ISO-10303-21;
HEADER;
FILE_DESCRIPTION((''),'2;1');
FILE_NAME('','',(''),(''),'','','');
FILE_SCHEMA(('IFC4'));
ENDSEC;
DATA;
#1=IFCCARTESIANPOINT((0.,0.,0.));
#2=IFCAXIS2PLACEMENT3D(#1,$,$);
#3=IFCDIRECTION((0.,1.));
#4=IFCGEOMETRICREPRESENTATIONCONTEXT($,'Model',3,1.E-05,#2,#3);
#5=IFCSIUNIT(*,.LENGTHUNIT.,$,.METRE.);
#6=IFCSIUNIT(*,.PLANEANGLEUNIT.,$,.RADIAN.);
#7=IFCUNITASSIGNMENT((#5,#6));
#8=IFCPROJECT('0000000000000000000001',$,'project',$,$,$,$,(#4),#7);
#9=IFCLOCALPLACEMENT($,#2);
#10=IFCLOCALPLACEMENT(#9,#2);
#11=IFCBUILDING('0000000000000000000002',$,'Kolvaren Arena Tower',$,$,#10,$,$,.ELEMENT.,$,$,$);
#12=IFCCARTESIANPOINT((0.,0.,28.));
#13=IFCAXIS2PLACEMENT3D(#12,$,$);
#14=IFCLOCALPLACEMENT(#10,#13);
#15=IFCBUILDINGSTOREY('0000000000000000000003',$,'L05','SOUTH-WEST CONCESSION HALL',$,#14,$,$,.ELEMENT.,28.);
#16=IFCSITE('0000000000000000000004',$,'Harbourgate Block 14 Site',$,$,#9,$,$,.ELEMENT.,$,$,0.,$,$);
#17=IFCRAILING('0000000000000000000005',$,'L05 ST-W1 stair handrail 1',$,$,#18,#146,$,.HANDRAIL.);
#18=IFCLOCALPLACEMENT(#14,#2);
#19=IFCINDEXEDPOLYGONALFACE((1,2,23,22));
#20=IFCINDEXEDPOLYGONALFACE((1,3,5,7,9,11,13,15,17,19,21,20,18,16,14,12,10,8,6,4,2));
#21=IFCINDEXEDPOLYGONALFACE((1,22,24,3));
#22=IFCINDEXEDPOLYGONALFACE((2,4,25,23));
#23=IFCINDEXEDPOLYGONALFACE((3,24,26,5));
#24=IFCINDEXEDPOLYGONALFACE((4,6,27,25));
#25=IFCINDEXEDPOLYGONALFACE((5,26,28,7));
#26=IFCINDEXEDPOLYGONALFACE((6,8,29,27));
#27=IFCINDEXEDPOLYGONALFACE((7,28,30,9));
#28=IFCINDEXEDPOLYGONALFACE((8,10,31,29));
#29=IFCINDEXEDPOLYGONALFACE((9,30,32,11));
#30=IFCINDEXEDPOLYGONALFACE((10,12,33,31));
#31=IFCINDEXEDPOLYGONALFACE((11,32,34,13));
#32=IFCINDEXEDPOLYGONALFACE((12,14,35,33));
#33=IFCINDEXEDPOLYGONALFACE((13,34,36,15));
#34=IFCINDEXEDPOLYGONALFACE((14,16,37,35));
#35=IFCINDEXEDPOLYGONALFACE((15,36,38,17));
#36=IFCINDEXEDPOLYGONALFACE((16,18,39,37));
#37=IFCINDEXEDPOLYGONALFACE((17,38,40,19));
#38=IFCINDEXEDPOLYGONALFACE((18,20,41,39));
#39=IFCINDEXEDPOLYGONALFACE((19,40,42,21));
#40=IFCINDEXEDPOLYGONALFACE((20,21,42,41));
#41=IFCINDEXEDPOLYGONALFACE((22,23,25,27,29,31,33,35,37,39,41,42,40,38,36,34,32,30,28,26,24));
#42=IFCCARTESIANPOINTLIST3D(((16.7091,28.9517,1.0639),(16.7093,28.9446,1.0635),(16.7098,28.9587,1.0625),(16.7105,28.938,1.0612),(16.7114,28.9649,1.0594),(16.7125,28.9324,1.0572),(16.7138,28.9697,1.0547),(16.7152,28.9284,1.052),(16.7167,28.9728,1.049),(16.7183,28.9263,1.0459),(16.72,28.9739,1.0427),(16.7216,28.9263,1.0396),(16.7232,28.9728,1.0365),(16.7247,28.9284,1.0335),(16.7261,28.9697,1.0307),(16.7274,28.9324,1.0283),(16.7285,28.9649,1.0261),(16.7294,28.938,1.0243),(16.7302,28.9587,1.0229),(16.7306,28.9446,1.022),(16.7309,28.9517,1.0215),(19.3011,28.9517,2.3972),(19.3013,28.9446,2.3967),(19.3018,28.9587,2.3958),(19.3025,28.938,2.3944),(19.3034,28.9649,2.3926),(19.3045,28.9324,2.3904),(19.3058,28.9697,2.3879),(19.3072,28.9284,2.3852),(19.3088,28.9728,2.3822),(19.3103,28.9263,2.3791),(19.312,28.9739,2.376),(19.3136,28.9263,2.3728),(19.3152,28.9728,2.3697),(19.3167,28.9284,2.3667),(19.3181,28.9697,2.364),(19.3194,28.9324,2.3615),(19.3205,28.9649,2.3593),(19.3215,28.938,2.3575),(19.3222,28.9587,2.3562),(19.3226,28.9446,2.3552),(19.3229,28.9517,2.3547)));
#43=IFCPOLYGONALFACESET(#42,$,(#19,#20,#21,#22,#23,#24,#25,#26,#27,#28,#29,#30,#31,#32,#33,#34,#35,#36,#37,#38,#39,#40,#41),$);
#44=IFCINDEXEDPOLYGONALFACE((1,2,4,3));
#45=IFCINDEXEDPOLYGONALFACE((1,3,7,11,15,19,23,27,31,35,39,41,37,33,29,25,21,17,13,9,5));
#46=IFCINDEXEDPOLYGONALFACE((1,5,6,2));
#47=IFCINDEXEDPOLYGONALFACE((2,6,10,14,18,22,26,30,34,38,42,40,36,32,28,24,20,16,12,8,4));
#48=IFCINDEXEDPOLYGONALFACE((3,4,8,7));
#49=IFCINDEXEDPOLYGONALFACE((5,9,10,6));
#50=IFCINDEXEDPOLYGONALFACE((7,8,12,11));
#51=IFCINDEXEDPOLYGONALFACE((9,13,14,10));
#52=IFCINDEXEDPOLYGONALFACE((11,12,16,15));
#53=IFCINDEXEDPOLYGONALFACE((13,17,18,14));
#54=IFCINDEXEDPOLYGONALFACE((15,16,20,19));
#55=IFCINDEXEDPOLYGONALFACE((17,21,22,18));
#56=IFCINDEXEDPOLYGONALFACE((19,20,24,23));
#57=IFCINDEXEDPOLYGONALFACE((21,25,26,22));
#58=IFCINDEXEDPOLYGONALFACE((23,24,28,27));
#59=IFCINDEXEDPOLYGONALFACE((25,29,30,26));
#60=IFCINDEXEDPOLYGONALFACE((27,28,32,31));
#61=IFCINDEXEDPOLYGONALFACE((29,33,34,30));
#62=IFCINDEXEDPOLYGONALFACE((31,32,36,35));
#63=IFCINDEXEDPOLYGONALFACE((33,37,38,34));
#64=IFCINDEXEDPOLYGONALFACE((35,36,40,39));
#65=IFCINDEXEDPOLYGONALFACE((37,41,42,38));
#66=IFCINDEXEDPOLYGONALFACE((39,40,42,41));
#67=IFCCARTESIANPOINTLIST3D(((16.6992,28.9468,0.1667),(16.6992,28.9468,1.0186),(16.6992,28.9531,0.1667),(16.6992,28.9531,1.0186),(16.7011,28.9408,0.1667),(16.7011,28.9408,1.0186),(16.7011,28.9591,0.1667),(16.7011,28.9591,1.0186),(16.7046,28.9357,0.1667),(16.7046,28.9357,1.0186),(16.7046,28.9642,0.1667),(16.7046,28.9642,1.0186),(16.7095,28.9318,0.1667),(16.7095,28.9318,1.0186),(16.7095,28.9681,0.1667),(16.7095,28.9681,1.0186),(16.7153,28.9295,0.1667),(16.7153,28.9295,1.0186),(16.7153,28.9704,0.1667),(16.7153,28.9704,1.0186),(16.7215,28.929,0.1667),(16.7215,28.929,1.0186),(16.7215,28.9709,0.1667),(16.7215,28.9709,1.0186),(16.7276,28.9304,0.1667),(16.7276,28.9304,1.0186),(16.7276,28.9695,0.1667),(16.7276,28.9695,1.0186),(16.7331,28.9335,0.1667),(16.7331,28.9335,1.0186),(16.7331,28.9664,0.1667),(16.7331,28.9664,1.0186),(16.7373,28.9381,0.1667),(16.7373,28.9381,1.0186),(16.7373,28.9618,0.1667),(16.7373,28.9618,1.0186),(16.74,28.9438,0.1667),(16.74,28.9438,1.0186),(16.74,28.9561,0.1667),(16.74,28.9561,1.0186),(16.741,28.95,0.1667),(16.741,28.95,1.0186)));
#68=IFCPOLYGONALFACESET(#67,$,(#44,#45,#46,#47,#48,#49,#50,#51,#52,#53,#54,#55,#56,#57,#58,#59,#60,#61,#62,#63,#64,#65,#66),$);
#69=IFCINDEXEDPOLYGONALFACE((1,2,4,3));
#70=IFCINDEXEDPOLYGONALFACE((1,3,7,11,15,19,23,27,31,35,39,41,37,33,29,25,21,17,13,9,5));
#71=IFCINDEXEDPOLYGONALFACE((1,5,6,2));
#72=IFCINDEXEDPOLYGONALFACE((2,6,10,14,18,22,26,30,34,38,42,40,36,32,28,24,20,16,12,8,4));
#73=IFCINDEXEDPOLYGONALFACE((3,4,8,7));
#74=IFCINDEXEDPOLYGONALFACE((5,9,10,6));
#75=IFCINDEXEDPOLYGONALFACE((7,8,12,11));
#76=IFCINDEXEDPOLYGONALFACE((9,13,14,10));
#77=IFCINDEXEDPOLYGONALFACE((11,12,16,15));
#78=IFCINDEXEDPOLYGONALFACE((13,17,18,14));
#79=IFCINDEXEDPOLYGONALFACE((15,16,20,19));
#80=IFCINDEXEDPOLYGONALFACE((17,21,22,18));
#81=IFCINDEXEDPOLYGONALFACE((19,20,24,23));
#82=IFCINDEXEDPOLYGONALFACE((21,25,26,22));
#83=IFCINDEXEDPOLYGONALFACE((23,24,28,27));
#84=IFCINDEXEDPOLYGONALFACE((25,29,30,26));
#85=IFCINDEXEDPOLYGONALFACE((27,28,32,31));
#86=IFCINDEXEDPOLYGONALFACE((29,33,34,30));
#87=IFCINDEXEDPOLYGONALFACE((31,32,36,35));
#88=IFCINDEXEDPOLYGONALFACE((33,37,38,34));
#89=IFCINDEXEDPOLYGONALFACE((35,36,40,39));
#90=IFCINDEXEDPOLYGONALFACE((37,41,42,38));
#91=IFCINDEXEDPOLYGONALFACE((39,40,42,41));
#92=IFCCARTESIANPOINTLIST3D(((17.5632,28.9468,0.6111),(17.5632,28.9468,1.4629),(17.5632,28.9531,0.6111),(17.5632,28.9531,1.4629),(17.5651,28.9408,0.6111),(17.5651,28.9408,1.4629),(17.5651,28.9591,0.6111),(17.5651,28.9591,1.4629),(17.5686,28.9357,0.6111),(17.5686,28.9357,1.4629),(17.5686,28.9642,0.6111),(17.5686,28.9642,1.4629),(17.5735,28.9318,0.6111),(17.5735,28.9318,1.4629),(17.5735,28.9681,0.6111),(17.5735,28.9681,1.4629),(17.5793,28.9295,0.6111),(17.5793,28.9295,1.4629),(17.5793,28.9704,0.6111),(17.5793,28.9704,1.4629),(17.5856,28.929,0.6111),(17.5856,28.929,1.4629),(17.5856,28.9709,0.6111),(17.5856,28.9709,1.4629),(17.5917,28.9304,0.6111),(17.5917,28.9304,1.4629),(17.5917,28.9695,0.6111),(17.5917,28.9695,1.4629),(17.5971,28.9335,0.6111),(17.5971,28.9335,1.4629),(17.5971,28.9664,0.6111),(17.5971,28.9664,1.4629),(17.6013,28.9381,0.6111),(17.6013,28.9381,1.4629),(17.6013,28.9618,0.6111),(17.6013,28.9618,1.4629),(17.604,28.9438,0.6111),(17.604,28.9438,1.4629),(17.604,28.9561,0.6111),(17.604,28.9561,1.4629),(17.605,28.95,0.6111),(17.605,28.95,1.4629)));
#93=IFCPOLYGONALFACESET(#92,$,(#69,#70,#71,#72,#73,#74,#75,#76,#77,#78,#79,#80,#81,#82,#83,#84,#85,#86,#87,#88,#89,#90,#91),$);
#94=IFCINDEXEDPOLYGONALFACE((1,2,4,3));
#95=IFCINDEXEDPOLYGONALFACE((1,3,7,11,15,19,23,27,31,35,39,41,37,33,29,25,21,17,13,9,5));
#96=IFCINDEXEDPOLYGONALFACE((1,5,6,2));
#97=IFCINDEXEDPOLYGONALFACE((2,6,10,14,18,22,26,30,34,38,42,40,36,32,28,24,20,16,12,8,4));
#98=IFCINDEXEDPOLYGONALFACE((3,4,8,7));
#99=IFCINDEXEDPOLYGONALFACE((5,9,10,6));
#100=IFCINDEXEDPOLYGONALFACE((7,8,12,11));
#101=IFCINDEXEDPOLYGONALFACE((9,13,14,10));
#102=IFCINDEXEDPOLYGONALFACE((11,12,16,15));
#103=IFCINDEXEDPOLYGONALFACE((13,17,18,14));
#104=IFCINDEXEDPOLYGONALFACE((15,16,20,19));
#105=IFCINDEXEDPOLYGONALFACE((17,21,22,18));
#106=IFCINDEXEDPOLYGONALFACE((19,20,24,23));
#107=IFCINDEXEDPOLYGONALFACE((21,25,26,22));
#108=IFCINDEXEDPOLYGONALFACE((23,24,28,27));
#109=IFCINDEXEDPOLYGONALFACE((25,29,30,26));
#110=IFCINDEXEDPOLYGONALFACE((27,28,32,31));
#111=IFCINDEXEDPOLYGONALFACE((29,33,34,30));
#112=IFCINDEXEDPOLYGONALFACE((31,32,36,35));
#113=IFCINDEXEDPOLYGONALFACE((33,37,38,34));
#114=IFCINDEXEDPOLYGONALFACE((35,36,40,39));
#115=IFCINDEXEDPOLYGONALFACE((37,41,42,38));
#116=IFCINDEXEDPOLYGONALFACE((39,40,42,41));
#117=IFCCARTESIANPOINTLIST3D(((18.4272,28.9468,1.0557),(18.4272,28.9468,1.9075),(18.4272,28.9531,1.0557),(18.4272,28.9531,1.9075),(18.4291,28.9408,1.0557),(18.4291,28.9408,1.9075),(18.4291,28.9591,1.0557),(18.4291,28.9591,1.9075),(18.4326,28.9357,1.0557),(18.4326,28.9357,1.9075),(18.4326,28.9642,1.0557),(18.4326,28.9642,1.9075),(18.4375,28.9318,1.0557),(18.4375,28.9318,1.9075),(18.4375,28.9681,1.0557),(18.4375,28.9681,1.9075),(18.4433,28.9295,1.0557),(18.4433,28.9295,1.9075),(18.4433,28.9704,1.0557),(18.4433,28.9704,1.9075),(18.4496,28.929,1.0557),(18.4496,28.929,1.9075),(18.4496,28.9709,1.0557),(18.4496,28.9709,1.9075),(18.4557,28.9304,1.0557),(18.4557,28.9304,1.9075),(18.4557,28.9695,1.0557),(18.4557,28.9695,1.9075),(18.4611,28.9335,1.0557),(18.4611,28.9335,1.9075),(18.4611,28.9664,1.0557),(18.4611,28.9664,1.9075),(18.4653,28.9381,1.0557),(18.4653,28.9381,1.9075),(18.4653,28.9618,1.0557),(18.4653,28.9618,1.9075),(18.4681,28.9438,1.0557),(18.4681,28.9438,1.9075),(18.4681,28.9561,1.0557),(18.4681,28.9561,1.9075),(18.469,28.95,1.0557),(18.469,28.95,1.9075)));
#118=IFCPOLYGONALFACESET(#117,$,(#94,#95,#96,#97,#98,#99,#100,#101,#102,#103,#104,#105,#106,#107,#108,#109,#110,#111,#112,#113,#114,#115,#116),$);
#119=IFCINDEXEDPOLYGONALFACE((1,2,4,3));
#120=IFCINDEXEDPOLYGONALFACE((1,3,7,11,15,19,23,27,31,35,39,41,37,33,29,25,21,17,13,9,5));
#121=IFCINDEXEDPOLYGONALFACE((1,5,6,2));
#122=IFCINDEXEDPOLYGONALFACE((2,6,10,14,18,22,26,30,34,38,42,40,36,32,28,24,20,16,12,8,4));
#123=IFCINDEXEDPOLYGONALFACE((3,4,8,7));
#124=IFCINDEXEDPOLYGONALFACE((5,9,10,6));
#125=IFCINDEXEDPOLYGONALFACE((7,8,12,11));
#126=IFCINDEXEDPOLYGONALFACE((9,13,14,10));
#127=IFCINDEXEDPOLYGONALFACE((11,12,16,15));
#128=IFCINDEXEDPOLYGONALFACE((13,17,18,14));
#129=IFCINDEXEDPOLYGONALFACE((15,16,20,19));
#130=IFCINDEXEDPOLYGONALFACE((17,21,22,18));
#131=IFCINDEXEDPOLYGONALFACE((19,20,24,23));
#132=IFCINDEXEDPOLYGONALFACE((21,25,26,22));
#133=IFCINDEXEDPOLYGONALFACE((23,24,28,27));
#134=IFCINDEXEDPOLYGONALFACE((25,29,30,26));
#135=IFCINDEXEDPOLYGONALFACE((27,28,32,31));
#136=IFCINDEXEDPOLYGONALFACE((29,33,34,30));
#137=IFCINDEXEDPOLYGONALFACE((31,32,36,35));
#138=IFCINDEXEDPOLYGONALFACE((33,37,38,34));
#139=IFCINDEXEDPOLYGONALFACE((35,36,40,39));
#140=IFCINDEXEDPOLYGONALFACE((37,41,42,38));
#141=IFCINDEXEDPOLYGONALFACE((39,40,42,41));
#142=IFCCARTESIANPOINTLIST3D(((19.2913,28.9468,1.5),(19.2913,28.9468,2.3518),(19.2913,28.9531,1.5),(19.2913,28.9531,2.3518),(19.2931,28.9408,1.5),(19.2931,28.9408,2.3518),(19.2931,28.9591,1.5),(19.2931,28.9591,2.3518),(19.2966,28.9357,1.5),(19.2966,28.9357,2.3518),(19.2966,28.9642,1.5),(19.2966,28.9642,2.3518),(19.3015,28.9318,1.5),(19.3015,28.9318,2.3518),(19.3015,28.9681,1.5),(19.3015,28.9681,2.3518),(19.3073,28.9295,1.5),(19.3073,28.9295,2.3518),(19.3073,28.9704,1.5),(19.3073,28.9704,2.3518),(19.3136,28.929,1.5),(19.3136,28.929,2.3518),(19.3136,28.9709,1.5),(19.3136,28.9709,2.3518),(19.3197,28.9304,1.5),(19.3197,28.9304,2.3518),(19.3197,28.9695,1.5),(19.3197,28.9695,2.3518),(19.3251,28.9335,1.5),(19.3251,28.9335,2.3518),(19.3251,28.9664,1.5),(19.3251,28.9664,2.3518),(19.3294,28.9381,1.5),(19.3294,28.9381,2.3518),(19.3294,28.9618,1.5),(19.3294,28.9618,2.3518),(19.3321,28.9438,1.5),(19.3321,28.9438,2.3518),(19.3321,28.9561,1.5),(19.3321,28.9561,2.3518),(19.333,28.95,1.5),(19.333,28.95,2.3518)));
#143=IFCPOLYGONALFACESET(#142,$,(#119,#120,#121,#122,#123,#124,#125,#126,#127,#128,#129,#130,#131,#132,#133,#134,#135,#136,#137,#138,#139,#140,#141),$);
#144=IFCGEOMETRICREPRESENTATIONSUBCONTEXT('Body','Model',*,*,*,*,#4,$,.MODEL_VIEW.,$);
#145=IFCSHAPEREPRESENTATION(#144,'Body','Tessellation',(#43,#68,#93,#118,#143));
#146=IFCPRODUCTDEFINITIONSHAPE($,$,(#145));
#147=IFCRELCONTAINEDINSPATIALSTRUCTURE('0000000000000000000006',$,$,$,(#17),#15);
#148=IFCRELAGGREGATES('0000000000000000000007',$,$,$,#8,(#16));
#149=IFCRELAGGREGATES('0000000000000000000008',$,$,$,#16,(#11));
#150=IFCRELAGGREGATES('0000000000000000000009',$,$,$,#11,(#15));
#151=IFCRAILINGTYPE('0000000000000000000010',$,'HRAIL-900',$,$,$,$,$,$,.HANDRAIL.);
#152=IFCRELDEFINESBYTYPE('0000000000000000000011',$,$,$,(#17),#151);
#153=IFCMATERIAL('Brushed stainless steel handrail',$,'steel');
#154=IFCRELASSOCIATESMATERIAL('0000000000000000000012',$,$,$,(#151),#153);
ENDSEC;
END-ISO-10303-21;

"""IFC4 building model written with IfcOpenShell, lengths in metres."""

from ifc_helpers import new_model, si_unit, direction, frame, origin, origin_2d, place, context, subcontext, project, spatial, circle, extrude, material, type_object, element, save


model = new_model("IFC4")

# Units and contexts
model_context = context("Model", 3, precision=1e-05, world=origin(), true_north=direction((0.0, 1.0)))
body_context = subcontext(model_context, "Body", "Model", "MODEL_VIEW")
ifc_project = project(units=[si_unit("LENGTHUNIT", "METRE"), si_unit("PLANEANGLEUNIT", "RADIAN")], contexts=[model_context])

# Site, building, storey
site_placement = place(None, origin())
site = spatial("IfcSite", under=ifc_project, at=site_placement, Name="Harbourgate Block 14 Site", CompositionType="ELEMENT", RefElevation=0.0)
building_placement = place(site_placement, origin())
building = spatial("IfcBuilding", under=site, at=building_placement, Name="Kolvaren Arena Tower", CompositionType="ELEMENT")
storey_placement = place(building_placement, frame((0.0, 0.0, 28.0)))
storey = spatial("IfcBuildingStorey", under=building, at=storey_placement, Name="L05", Description="SOUTH-WEST CONCESSION HALL", CompositionType="ELEMENT", Elevation=28.0)

# Railing
ifc_material_1 = material(Name="Brushed stainless steel handrail", Category="steel")
railing_type_1 = type_object("IfcRailingType", Name="HRAIL-900", PredefinedType="HANDRAIL", material=ifc_material_1)
railing_1_placement = place(storey_placement, frame((16.72, 28.95, 0.1667)))
element("IfcRailing", 1, at=railing_1_placement, inside=storey, type_object=railing_type_1, Name="L05 ST-W1 stair handrail 1", PredefinedType="HANDRAIL", context=body_context, shape_type="SweptSolid", body=[
    extrude(circle(Radius=0.0239, at=origin_2d()), frame((0.0, 0.0, 0.876), z_axis=(0.88926, 0.0, 0.457403), x_axis=(0.0, 1.0, 0.0)), (0.0, 0.0, 1.0), 2.9148),
    extrude(circle(Radius=0.021, at=origin_2d()), origin(), (0.0, 0.0, 1.0), 0.8518),
    extrude(circle(Radius=0.021, at=origin_2d()), frame((0.864, 0.0, 0.4443)), (0.0, 0.0, 1.0), 0.8518),
    extrude(circle(Radius=0.021, at=origin_2d()), frame((1.728, 0.0, 0.8889)), (0.0, 0.0, 1.0), 0.8518),
    extrude(circle(Radius=0.021, at=origin_2d()), frame((2.592, 0.0, 1.3333)), (0.0, 0.0, 1.0), 0.8518),
])

save(model, "model.ifc")
